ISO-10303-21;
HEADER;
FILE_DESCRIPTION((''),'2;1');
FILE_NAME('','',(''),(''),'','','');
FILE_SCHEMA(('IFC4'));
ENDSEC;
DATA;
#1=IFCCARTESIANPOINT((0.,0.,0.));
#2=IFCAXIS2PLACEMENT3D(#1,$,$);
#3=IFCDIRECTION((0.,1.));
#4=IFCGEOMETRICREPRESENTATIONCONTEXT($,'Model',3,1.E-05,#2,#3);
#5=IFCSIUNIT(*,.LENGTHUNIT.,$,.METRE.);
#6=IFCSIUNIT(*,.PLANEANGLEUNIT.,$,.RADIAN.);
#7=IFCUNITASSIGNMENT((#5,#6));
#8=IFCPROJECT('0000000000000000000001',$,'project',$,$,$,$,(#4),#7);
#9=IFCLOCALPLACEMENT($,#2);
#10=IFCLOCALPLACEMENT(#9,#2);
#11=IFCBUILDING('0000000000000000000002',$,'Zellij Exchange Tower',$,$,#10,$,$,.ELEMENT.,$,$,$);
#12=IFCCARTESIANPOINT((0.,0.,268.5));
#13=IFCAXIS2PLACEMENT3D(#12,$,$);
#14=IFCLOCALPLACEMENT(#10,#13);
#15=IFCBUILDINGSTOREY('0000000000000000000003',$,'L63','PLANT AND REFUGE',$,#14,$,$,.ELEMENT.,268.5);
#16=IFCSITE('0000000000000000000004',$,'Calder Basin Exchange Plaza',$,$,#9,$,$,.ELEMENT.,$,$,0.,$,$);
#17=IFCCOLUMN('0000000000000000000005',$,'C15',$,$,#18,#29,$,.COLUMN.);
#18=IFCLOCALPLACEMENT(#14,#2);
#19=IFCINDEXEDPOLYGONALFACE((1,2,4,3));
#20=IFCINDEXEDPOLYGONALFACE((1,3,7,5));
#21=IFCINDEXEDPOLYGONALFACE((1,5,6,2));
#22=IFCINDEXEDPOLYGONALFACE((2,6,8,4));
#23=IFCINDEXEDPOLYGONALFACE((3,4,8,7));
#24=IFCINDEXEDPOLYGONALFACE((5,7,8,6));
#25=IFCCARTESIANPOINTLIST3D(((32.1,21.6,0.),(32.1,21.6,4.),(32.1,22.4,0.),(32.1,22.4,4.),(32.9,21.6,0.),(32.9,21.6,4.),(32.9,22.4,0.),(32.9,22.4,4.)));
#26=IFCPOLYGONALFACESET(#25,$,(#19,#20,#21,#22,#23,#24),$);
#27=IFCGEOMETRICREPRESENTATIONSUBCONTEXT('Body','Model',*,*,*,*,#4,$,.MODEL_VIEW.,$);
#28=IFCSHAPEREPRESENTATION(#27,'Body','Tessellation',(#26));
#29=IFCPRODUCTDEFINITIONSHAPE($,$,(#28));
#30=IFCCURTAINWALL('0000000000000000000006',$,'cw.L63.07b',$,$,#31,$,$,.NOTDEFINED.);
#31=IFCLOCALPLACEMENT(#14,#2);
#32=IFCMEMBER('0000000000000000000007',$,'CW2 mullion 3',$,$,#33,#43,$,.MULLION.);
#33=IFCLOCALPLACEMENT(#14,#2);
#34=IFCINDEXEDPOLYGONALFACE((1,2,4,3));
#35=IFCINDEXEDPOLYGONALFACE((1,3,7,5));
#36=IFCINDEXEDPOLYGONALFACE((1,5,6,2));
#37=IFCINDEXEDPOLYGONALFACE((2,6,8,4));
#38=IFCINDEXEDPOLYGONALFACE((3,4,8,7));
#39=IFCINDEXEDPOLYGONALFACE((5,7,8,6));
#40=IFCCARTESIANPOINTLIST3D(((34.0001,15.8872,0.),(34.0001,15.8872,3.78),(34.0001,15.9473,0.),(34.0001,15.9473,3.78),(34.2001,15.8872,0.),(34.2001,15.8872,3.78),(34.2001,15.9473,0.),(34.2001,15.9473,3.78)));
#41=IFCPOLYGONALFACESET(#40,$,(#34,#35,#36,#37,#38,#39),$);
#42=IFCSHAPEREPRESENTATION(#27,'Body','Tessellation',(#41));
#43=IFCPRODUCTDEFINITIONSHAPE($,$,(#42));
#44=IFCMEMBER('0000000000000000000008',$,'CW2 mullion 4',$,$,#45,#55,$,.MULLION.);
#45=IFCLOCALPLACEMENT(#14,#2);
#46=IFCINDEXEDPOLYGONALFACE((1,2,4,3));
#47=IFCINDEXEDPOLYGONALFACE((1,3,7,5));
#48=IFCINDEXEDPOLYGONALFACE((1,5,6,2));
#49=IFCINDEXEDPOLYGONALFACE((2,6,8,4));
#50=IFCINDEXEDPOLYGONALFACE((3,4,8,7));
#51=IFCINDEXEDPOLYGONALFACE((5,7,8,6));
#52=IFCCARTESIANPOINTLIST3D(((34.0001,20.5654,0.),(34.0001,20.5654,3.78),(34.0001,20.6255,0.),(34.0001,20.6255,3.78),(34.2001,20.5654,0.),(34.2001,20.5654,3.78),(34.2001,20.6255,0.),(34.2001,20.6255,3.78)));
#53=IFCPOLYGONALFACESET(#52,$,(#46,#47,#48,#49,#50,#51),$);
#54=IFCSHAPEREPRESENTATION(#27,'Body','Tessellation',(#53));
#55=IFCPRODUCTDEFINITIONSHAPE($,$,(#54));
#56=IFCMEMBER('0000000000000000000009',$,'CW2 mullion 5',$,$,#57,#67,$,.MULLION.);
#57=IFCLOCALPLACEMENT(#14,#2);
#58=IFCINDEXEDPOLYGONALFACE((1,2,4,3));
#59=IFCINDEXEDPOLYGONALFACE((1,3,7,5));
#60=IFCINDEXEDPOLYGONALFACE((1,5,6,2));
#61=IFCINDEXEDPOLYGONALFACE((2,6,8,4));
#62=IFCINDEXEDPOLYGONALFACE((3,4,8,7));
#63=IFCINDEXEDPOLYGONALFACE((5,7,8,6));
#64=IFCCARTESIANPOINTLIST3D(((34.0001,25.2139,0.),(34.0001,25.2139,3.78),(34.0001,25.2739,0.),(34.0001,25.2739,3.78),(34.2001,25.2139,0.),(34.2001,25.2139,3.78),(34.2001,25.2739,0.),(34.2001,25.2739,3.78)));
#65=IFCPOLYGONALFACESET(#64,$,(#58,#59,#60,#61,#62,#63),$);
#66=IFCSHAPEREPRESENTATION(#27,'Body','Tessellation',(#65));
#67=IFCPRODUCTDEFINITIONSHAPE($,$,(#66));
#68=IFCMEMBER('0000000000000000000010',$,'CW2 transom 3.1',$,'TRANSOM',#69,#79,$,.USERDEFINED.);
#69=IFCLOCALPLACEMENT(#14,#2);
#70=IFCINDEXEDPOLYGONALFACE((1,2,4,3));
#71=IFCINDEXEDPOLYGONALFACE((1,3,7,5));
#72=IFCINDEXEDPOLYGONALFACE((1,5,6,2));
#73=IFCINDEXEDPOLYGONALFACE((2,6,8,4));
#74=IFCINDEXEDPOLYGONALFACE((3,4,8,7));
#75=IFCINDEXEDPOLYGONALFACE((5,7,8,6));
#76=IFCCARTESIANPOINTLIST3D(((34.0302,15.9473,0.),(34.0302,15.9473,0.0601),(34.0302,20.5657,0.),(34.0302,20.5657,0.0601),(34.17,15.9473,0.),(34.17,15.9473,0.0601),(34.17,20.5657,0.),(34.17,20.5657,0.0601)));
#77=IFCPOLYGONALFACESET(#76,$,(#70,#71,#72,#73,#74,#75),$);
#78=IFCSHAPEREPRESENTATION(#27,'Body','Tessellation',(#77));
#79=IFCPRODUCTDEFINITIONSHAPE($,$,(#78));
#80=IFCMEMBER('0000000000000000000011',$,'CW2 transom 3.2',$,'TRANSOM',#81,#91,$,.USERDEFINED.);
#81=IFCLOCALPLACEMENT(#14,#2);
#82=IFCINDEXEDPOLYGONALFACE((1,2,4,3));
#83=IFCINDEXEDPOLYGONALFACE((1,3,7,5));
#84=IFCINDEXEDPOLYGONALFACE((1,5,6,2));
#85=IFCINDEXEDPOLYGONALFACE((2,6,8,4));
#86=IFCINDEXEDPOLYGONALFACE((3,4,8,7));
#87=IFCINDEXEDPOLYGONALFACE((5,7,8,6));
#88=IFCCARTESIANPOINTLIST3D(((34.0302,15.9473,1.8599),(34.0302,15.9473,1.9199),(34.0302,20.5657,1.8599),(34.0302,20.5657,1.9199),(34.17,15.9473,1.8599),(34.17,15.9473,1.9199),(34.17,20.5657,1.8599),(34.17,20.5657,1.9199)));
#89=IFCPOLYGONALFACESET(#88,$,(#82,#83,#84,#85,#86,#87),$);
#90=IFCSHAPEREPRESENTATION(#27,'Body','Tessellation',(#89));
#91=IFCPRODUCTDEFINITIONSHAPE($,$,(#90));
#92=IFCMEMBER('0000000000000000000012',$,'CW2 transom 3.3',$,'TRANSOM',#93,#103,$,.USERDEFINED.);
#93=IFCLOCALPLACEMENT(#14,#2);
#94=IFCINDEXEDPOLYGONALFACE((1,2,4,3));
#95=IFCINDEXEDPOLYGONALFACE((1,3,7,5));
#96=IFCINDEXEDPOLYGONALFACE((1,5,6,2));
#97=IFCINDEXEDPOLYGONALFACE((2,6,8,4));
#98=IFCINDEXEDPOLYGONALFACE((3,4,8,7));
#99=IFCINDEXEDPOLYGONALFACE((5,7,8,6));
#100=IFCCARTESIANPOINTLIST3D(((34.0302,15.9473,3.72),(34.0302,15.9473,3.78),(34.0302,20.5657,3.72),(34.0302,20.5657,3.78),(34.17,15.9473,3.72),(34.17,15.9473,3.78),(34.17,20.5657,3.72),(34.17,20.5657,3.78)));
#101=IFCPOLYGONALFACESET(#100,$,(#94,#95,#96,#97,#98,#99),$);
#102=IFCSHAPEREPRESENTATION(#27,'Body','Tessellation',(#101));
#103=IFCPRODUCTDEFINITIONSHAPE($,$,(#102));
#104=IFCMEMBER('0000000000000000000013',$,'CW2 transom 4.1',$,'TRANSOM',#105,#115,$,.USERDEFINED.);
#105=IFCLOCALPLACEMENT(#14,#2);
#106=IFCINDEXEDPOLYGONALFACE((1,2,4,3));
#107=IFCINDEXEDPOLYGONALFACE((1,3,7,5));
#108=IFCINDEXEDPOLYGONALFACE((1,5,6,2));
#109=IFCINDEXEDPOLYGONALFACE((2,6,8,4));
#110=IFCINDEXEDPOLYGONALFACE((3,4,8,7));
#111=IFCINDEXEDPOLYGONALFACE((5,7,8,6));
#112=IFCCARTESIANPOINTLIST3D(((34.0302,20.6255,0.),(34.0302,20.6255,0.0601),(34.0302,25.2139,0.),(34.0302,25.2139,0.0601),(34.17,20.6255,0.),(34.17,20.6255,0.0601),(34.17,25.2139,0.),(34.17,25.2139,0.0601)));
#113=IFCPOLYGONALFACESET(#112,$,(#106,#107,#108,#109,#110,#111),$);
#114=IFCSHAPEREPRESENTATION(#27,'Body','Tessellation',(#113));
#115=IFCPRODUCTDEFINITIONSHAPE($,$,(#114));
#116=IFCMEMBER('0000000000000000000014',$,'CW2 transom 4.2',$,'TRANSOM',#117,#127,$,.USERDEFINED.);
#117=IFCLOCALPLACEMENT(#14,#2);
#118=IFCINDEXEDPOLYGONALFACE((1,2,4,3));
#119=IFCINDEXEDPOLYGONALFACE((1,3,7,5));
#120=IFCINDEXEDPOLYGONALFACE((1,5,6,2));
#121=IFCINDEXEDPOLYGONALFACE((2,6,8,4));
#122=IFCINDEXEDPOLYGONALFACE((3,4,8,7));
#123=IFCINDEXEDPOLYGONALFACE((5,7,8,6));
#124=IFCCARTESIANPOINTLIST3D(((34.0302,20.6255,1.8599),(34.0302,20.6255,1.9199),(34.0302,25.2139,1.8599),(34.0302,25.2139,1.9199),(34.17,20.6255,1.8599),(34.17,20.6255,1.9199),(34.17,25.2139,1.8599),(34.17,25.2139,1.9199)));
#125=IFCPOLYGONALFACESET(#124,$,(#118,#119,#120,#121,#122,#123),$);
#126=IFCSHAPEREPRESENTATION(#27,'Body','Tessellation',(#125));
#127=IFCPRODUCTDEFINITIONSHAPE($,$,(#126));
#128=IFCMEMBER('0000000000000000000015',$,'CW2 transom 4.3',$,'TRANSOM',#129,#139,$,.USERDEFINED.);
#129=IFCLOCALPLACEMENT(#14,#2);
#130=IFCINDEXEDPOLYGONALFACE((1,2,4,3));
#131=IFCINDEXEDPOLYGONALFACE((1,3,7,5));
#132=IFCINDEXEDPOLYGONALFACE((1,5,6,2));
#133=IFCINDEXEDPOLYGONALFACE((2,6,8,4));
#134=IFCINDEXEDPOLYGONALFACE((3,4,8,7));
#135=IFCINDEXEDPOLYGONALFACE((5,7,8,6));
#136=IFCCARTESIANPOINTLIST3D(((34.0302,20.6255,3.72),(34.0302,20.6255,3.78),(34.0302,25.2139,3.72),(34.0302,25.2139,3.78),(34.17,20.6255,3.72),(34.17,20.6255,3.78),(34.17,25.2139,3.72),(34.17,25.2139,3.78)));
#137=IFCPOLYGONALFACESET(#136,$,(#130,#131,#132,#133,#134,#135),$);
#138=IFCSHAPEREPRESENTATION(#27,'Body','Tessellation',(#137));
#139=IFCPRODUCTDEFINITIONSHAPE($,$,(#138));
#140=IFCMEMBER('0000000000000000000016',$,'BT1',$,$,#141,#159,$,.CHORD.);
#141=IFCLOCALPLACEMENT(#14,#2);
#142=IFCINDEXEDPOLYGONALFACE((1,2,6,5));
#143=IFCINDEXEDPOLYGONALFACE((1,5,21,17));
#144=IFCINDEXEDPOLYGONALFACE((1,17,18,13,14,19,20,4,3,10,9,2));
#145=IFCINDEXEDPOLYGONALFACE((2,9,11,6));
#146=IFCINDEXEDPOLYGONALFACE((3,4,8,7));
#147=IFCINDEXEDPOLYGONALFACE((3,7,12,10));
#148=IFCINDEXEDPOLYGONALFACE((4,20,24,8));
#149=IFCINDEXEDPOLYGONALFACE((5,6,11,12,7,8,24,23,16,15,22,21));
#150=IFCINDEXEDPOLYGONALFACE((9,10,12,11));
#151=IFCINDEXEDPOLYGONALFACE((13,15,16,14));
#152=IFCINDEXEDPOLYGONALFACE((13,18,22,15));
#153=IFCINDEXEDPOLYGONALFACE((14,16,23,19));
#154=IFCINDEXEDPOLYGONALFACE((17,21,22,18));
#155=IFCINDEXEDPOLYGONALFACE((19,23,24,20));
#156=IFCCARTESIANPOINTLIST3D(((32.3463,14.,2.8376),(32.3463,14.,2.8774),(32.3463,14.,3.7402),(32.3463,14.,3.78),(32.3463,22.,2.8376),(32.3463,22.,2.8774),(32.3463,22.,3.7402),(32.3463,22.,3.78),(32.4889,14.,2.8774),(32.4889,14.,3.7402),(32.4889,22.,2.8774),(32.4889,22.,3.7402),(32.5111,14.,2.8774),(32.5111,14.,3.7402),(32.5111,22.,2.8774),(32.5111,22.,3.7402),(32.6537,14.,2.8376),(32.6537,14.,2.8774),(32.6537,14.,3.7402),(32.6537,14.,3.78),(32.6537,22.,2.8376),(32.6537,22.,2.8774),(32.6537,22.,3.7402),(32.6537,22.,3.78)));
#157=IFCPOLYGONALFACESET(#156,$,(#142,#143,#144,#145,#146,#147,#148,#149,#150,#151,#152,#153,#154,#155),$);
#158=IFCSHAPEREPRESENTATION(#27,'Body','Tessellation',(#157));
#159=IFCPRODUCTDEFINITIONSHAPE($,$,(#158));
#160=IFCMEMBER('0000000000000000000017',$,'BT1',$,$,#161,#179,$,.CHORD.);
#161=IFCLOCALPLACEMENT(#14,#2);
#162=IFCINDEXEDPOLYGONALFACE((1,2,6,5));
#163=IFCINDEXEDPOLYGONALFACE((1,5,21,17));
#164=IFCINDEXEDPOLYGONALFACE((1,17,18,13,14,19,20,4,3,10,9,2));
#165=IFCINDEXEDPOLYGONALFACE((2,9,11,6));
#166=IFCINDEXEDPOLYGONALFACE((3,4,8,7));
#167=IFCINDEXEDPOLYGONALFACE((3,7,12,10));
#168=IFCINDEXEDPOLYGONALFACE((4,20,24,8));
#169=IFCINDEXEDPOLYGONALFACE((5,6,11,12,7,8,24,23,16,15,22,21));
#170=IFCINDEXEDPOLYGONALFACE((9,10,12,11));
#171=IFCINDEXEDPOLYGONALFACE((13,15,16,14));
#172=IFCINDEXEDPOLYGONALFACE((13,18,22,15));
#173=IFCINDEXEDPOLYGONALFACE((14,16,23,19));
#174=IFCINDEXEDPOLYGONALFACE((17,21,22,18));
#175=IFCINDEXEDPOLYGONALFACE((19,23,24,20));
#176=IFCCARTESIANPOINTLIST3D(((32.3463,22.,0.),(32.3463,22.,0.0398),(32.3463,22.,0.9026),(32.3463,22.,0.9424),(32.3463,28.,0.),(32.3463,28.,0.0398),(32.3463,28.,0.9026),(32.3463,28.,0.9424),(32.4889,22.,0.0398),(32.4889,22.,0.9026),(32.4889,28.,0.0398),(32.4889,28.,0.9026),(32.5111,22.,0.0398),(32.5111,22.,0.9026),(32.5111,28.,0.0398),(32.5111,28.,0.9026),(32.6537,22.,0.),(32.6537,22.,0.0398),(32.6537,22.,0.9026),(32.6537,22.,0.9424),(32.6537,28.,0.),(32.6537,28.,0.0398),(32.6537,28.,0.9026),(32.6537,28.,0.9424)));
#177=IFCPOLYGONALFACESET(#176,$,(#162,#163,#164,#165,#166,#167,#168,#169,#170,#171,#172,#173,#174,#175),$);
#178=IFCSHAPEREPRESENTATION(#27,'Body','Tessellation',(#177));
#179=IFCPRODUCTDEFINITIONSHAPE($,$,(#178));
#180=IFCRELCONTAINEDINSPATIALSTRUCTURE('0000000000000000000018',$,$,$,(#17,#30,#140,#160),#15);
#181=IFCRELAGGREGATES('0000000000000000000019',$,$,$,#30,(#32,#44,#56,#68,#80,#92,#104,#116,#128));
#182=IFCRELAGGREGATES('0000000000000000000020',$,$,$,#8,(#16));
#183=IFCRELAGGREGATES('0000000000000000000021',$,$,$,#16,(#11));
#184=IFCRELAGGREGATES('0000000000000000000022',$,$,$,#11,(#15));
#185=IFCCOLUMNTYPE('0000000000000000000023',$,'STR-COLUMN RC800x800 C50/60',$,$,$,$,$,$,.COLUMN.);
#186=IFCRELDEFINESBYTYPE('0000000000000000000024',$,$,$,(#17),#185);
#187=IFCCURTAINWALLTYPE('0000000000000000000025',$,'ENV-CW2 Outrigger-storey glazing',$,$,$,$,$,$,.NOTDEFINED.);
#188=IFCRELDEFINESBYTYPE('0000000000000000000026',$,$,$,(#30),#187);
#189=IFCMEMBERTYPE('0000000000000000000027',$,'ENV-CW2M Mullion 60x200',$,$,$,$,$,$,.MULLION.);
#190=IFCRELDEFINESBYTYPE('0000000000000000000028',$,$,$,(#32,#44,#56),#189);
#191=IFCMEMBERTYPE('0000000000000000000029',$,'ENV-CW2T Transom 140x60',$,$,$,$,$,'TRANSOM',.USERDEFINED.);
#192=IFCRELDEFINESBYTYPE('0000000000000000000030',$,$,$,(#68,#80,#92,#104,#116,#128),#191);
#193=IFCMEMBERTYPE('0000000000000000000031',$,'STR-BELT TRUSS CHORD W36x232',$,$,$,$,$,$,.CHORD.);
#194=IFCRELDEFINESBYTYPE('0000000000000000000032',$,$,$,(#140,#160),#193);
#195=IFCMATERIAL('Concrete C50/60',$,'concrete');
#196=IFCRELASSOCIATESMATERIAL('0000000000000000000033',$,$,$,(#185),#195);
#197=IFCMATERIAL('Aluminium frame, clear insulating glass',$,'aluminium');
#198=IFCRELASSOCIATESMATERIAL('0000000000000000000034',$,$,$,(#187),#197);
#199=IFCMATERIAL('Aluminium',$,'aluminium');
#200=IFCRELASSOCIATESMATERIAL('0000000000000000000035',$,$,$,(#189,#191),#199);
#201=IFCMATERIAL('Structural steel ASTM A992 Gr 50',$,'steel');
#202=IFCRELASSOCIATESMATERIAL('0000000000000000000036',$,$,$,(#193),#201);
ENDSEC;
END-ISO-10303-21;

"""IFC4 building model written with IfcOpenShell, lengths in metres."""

from ifc_helpers import new_model, si_unit, direction, frame, origin, origin_2d, place, context, subcontext, project, spatial, rectangle, i_section, extrude, material, material_profile, profile_set, type_object, element, aggregate, save


model = new_model("IFC4")

# Units and contexts
model_context = context("Model", 3, precision=1e-05, world=origin(), true_north=direction((0.0, 1.0)))
body_context = subcontext(model_context, "Body", "Model", "MODEL_VIEW")
ifc_project = project(units=[si_unit("LENGTHUNIT", "METRE"), si_unit("PLANEANGLEUNIT", "RADIAN")], contexts=[model_context])

# Site, building, storey
site_placement = place(None, origin())
site = spatial("IfcSite", under=ifc_project, at=site_placement, Name="Calder Basin Exchange Plaza", CompositionType="ELEMENT", RefElevation=0.0)
building_placement = place(site_placement, origin())
building = spatial("IfcBuilding", under=site, at=building_placement, Name="Zellij Exchange Tower", CompositionType="ELEMENT")
storey_placement = place(building_placement, frame((0.0, 0.0, 268.5)))
storey = spatial("IfcBuildingStorey", under=building, at=storey_placement, Name="L63", Description="PLANT AND REFUGE", CompositionType="ELEMENT", Elevation=268.5)

# Column
ifc_material_1 = material(Name="Concrete C50/60", Category="concrete")
ifc_material_profile_1 = material_profile(ifc_material_1, rectangle(XDim=0.8, YDim=0.8, at=origin_2d()), Name="STR-COLUMN RC800x800 C50/60")
ifc_profile_set_1 = profile_set([ifc_material_profile_1], Name="Concrete C50/60")
column_type = type_object("IfcColumnType", Name="STR-COLUMN RC800x800 C50/60", PredefinedType="COLUMN", material=ifc_profile_set_1)
column_placement = place(storey_placement, frame((32.5, 22.0, 0.0), z_axis=(0.0, 0.0, 1.0), x_axis=(1.0, 0.0, 0.0)))
element("IfcColumn", 1, at=column_placement, inside=storey, type_object=column_type, Name="C15", PredefinedType="COLUMN", context=body_context, shape_type="SweptSolid", body=[
    extrude(rectangle(XDim=0.8, YDim=0.8, at=origin_2d()), origin(), (0.0, 0.0, 1.0), 4.0),
])

# Curtain wall, members
ifc_material_2 = material(Name="Aluminium frame, clear insulating glass", Category="aluminium")
curtain_wall_type = type_object("IfcCurtainWallType", Name="ENV-CW2 Outrigger-storey glazing", PredefinedType="NOTDEFINED", material=ifc_material_2)
curtain_wall_placement = place(storey_placement, origin())
curtain_wall = element("IfcCurtainWall", 2, at=curtain_wall_placement, inside=storey, type_object=curtain_wall_type, Name="cw.L63.07b", PredefinedType="NOTDEFINED")
ifc_material_3 = material(Name="Aluminium", Category="aluminium")
ifc_material_profile_2 = material_profile(ifc_material_3, rectangle(XDim=0.0601, YDim=0.2, at=origin_2d()), Name="AL 60x200")
ifc_profile_set_2 = profile_set([ifc_material_profile_2], Name="Aluminium")
member_type_1 = type_object("IfcMemberType", Name="ENV-CW2M Mullion 60x200", PredefinedType="MULLION", material=ifc_profile_set_2)
member_1_placement = place(storey_placement, frame((34.1001, 15.9172, 0.0), z_axis=(0.0, 0.0, 1.0), x_axis=(0.0, 1.0, 0.0)))
member_1 = element("IfcMember", 3, at=member_1_placement, type_object=member_type_1, Name="CW2 mullion 3", PredefinedType="MULLION", context=body_context, shape_type="SweptSolid", body=[
    extrude(rectangle(XDim=0.0601, YDim=0.2, at=origin_2d()), origin(), (0.0, 0.0, 1.0), 3.78),
])
member_2_placement = place(storey_placement, frame((34.1001, 20.5955, 0.0), z_axis=(0.0, 0.0, 1.0), x_axis=(0.0, 1.0, 0.0)))
member_2 = element("IfcMember", 4, at=member_2_placement, type_object=member_type_1, Name="CW2 mullion 4", PredefinedType="MULLION", context=body_context, shape_type="SweptSolid", body=[
    extrude(rectangle(XDim=0.0601, YDim=0.2, at=origin_2d()), origin(), (0.0, 0.0, 1.0), 3.78),
])
member_3_placement = place(storey_placement, frame((34.1001, 25.2439, 0.0), z_axis=(0.0, 0.0, 1.0), x_axis=(0.0, 1.0, 0.0)))
member_3 = element("IfcMember", 5, at=member_3_placement, type_object=member_type_1, Name="CW2 mullion 5", PredefinedType="MULLION", context=body_context, shape_type="SweptSolid", body=[
    extrude(rectangle(XDim=0.0601, YDim=0.2, at=origin_2d()), origin(), (0.0, 0.0, 1.0), 3.78),
])
ifc_material_profile_3 = material_profile(ifc_material_3, rectangle(XDim=0.1399, YDim=0.0601, at=origin_2d()), Name="AL 140x60")
ifc_profile_set_3 = profile_set([ifc_material_profile_3], Name="Aluminium")
member_type_2 = type_object("IfcMemberType", Name="ENV-CW2T Transom 140x60", ElementType="TRANSOM", PredefinedType="USERDEFINED", material=ifc_profile_set_3)
member_4_placement = place(storey_placement, frame((34.1001, 15.9473, 0.03), z_axis=(0.0, 1.0, 0.0), x_axis=(-1.0, 0.0, 0.0)))
member_4 = element("IfcMember", 6, at=member_4_placement, type_object=member_type_2, Name="CW2 transom 3.1", ObjectType="TRANSOM", PredefinedType="USERDEFINED", context=body_context, shape_type="SweptSolid", body=[
    extrude(rectangle(XDim=0.1399, YDim=0.0601, at=origin_2d()), origin(), (0.0, 0.0, 1.0), 4.6184),
])
member_5_placement = place(storey_placement, frame((34.1001, 15.9473, 1.8899), z_axis=(0.0, 1.0, 0.0), x_axis=(-1.0, 0.0, 0.0)))
member_5 = element("IfcMember", 7, at=member_5_placement, type_object=member_type_2, Name="CW2 transom 3.2", ObjectType="TRANSOM", PredefinedType="USERDEFINED", context=body_context, shape_type="SweptSolid", body=[
    extrude(rectangle(XDim=0.1399, YDim=0.0601, at=origin_2d()), origin(), (0.0, 0.0, 1.0), 4.6184),
])
member_6_placement = place(storey_placement, frame((34.1001, 15.9473, 3.75), z_axis=(0.0, 1.0, 0.0), x_axis=(-1.0, 0.0, 0.0)))
member_6 = element("IfcMember", 8, at=member_6_placement, type_object=member_type_2, Name="CW2 transom 3.3", ObjectType="TRANSOM", PredefinedType="USERDEFINED", context=body_context, shape_type="SweptSolid", body=[
    extrude(rectangle(XDim=0.1399, YDim=0.0601, at=origin_2d()), origin(), (0.0, 0.0, 1.0), 4.6184),
])
member_7_placement = place(storey_placement, frame((34.1001, 20.6255, 0.03), z_axis=(0.0, 1.0, 0.0), x_axis=(-1.0, 0.0, 0.0)))
member_7 = element("IfcMember", 9, at=member_7_placement, type_object=member_type_2, Name="CW2 transom 4.1", ObjectType="TRANSOM", PredefinedType="USERDEFINED", context=body_context, shape_type="SweptSolid", body=[
    extrude(rectangle(XDim=0.1399, YDim=0.0601, at=origin_2d()), origin(), (0.0, 0.0, 1.0), 4.5884),
])
member_8_placement = place(storey_placement, frame((34.1001, 20.6255, 1.8899), z_axis=(0.0, 1.0, 0.0), x_axis=(-1.0, 0.0, 0.0)))
member_8 = element("IfcMember", 10, at=member_8_placement, type_object=member_type_2, Name="CW2 transom 4.2", ObjectType="TRANSOM", PredefinedType="USERDEFINED", context=body_context, shape_type="SweptSolid", body=[
    extrude(rectangle(XDim=0.1399, YDim=0.0601, at=origin_2d()), origin(), (0.0, 0.0, 1.0), 4.5884),
])
member_9_placement = place(storey_placement, frame((34.1001, 20.6255, 3.75), z_axis=(0.0, 1.0, 0.0), x_axis=(-1.0, 0.0, 0.0)))
member_9 = element("IfcMember", 11, at=member_9_placement, type_object=member_type_2, Name="CW2 transom 4.3", ObjectType="TRANSOM", PredefinedType="USERDEFINED", context=body_context, shape_type="SweptSolid", body=[
    extrude(rectangle(XDim=0.1399, YDim=0.0601, at=origin_2d()), origin(), (0.0, 0.0, 1.0), 4.5884),
])

# Members
ifc_material_4 = material(Name="Structural steel ASTM A992 Gr 50", Category="steel")
ifc_material_profile_4 = material_profile(ifc_material_4, i_section(OverallWidth=0.3074, OverallDepth=0.9424, WebThickness=0.0222, FlangeThickness=0.0398, at=origin_2d()), Name="W36x232")
ifc_profile_set_4 = profile_set([ifc_material_profile_4], Name="Structural steel ASTM A992 Gr 50")
member_type_3 = type_object("IfcMemberType", Name="STR-BELT TRUSS CHORD W36x232", PredefinedType="CHORD", material=ifc_profile_set_4)
member_10_placement = place(storey_placement, frame((32.5, 14.0, 3.3088), z_axis=(0.0, 1.0, 0.0), x_axis=(-1.0, 0.0, 0.0)))
element("IfcMember", 12, at=member_10_placement, inside=storey, type_object=member_type_3, Name="BT1", PredefinedType="CHORD", context=body_context, shape_type="SweptSolid", body=[
    extrude(i_section(OverallWidth=0.3074, OverallDepth=0.9424, WebThickness=0.0222, FlangeThickness=0.0398, at=origin_2d()), origin(), (0.0, 0.0, 1.0), 8.0),
])
for number, where, z_axis, x_axis, name in (
    (13, (32.5, 22.0, 0.4712), (0.0, 1.0, 0.0), (-1.0, 0.0, 0.0), "BT1"),
):
    element("IfcMember", number, at=place(storey_placement, frame(where, z_axis=z_axis, x_axis=x_axis)), inside=storey, type_object=member_type_3, Name=name, PredefinedType="CHORD", context=body_context, shape_type="SweptSolid", body=[
        extrude(i_section(OverallWidth=0.3074, OverallDepth=0.9424, WebThickness=0.0222, FlangeThickness=0.0398, at=origin_2d()), origin(), (0.0, 0.0, 1.0), 6.0),
    ])

aggregate(curtain_wall, [member_1, member_2, member_3, member_4, member_5, member_6, member_7, member_8, member_9])

save(model, "model.ifc")
